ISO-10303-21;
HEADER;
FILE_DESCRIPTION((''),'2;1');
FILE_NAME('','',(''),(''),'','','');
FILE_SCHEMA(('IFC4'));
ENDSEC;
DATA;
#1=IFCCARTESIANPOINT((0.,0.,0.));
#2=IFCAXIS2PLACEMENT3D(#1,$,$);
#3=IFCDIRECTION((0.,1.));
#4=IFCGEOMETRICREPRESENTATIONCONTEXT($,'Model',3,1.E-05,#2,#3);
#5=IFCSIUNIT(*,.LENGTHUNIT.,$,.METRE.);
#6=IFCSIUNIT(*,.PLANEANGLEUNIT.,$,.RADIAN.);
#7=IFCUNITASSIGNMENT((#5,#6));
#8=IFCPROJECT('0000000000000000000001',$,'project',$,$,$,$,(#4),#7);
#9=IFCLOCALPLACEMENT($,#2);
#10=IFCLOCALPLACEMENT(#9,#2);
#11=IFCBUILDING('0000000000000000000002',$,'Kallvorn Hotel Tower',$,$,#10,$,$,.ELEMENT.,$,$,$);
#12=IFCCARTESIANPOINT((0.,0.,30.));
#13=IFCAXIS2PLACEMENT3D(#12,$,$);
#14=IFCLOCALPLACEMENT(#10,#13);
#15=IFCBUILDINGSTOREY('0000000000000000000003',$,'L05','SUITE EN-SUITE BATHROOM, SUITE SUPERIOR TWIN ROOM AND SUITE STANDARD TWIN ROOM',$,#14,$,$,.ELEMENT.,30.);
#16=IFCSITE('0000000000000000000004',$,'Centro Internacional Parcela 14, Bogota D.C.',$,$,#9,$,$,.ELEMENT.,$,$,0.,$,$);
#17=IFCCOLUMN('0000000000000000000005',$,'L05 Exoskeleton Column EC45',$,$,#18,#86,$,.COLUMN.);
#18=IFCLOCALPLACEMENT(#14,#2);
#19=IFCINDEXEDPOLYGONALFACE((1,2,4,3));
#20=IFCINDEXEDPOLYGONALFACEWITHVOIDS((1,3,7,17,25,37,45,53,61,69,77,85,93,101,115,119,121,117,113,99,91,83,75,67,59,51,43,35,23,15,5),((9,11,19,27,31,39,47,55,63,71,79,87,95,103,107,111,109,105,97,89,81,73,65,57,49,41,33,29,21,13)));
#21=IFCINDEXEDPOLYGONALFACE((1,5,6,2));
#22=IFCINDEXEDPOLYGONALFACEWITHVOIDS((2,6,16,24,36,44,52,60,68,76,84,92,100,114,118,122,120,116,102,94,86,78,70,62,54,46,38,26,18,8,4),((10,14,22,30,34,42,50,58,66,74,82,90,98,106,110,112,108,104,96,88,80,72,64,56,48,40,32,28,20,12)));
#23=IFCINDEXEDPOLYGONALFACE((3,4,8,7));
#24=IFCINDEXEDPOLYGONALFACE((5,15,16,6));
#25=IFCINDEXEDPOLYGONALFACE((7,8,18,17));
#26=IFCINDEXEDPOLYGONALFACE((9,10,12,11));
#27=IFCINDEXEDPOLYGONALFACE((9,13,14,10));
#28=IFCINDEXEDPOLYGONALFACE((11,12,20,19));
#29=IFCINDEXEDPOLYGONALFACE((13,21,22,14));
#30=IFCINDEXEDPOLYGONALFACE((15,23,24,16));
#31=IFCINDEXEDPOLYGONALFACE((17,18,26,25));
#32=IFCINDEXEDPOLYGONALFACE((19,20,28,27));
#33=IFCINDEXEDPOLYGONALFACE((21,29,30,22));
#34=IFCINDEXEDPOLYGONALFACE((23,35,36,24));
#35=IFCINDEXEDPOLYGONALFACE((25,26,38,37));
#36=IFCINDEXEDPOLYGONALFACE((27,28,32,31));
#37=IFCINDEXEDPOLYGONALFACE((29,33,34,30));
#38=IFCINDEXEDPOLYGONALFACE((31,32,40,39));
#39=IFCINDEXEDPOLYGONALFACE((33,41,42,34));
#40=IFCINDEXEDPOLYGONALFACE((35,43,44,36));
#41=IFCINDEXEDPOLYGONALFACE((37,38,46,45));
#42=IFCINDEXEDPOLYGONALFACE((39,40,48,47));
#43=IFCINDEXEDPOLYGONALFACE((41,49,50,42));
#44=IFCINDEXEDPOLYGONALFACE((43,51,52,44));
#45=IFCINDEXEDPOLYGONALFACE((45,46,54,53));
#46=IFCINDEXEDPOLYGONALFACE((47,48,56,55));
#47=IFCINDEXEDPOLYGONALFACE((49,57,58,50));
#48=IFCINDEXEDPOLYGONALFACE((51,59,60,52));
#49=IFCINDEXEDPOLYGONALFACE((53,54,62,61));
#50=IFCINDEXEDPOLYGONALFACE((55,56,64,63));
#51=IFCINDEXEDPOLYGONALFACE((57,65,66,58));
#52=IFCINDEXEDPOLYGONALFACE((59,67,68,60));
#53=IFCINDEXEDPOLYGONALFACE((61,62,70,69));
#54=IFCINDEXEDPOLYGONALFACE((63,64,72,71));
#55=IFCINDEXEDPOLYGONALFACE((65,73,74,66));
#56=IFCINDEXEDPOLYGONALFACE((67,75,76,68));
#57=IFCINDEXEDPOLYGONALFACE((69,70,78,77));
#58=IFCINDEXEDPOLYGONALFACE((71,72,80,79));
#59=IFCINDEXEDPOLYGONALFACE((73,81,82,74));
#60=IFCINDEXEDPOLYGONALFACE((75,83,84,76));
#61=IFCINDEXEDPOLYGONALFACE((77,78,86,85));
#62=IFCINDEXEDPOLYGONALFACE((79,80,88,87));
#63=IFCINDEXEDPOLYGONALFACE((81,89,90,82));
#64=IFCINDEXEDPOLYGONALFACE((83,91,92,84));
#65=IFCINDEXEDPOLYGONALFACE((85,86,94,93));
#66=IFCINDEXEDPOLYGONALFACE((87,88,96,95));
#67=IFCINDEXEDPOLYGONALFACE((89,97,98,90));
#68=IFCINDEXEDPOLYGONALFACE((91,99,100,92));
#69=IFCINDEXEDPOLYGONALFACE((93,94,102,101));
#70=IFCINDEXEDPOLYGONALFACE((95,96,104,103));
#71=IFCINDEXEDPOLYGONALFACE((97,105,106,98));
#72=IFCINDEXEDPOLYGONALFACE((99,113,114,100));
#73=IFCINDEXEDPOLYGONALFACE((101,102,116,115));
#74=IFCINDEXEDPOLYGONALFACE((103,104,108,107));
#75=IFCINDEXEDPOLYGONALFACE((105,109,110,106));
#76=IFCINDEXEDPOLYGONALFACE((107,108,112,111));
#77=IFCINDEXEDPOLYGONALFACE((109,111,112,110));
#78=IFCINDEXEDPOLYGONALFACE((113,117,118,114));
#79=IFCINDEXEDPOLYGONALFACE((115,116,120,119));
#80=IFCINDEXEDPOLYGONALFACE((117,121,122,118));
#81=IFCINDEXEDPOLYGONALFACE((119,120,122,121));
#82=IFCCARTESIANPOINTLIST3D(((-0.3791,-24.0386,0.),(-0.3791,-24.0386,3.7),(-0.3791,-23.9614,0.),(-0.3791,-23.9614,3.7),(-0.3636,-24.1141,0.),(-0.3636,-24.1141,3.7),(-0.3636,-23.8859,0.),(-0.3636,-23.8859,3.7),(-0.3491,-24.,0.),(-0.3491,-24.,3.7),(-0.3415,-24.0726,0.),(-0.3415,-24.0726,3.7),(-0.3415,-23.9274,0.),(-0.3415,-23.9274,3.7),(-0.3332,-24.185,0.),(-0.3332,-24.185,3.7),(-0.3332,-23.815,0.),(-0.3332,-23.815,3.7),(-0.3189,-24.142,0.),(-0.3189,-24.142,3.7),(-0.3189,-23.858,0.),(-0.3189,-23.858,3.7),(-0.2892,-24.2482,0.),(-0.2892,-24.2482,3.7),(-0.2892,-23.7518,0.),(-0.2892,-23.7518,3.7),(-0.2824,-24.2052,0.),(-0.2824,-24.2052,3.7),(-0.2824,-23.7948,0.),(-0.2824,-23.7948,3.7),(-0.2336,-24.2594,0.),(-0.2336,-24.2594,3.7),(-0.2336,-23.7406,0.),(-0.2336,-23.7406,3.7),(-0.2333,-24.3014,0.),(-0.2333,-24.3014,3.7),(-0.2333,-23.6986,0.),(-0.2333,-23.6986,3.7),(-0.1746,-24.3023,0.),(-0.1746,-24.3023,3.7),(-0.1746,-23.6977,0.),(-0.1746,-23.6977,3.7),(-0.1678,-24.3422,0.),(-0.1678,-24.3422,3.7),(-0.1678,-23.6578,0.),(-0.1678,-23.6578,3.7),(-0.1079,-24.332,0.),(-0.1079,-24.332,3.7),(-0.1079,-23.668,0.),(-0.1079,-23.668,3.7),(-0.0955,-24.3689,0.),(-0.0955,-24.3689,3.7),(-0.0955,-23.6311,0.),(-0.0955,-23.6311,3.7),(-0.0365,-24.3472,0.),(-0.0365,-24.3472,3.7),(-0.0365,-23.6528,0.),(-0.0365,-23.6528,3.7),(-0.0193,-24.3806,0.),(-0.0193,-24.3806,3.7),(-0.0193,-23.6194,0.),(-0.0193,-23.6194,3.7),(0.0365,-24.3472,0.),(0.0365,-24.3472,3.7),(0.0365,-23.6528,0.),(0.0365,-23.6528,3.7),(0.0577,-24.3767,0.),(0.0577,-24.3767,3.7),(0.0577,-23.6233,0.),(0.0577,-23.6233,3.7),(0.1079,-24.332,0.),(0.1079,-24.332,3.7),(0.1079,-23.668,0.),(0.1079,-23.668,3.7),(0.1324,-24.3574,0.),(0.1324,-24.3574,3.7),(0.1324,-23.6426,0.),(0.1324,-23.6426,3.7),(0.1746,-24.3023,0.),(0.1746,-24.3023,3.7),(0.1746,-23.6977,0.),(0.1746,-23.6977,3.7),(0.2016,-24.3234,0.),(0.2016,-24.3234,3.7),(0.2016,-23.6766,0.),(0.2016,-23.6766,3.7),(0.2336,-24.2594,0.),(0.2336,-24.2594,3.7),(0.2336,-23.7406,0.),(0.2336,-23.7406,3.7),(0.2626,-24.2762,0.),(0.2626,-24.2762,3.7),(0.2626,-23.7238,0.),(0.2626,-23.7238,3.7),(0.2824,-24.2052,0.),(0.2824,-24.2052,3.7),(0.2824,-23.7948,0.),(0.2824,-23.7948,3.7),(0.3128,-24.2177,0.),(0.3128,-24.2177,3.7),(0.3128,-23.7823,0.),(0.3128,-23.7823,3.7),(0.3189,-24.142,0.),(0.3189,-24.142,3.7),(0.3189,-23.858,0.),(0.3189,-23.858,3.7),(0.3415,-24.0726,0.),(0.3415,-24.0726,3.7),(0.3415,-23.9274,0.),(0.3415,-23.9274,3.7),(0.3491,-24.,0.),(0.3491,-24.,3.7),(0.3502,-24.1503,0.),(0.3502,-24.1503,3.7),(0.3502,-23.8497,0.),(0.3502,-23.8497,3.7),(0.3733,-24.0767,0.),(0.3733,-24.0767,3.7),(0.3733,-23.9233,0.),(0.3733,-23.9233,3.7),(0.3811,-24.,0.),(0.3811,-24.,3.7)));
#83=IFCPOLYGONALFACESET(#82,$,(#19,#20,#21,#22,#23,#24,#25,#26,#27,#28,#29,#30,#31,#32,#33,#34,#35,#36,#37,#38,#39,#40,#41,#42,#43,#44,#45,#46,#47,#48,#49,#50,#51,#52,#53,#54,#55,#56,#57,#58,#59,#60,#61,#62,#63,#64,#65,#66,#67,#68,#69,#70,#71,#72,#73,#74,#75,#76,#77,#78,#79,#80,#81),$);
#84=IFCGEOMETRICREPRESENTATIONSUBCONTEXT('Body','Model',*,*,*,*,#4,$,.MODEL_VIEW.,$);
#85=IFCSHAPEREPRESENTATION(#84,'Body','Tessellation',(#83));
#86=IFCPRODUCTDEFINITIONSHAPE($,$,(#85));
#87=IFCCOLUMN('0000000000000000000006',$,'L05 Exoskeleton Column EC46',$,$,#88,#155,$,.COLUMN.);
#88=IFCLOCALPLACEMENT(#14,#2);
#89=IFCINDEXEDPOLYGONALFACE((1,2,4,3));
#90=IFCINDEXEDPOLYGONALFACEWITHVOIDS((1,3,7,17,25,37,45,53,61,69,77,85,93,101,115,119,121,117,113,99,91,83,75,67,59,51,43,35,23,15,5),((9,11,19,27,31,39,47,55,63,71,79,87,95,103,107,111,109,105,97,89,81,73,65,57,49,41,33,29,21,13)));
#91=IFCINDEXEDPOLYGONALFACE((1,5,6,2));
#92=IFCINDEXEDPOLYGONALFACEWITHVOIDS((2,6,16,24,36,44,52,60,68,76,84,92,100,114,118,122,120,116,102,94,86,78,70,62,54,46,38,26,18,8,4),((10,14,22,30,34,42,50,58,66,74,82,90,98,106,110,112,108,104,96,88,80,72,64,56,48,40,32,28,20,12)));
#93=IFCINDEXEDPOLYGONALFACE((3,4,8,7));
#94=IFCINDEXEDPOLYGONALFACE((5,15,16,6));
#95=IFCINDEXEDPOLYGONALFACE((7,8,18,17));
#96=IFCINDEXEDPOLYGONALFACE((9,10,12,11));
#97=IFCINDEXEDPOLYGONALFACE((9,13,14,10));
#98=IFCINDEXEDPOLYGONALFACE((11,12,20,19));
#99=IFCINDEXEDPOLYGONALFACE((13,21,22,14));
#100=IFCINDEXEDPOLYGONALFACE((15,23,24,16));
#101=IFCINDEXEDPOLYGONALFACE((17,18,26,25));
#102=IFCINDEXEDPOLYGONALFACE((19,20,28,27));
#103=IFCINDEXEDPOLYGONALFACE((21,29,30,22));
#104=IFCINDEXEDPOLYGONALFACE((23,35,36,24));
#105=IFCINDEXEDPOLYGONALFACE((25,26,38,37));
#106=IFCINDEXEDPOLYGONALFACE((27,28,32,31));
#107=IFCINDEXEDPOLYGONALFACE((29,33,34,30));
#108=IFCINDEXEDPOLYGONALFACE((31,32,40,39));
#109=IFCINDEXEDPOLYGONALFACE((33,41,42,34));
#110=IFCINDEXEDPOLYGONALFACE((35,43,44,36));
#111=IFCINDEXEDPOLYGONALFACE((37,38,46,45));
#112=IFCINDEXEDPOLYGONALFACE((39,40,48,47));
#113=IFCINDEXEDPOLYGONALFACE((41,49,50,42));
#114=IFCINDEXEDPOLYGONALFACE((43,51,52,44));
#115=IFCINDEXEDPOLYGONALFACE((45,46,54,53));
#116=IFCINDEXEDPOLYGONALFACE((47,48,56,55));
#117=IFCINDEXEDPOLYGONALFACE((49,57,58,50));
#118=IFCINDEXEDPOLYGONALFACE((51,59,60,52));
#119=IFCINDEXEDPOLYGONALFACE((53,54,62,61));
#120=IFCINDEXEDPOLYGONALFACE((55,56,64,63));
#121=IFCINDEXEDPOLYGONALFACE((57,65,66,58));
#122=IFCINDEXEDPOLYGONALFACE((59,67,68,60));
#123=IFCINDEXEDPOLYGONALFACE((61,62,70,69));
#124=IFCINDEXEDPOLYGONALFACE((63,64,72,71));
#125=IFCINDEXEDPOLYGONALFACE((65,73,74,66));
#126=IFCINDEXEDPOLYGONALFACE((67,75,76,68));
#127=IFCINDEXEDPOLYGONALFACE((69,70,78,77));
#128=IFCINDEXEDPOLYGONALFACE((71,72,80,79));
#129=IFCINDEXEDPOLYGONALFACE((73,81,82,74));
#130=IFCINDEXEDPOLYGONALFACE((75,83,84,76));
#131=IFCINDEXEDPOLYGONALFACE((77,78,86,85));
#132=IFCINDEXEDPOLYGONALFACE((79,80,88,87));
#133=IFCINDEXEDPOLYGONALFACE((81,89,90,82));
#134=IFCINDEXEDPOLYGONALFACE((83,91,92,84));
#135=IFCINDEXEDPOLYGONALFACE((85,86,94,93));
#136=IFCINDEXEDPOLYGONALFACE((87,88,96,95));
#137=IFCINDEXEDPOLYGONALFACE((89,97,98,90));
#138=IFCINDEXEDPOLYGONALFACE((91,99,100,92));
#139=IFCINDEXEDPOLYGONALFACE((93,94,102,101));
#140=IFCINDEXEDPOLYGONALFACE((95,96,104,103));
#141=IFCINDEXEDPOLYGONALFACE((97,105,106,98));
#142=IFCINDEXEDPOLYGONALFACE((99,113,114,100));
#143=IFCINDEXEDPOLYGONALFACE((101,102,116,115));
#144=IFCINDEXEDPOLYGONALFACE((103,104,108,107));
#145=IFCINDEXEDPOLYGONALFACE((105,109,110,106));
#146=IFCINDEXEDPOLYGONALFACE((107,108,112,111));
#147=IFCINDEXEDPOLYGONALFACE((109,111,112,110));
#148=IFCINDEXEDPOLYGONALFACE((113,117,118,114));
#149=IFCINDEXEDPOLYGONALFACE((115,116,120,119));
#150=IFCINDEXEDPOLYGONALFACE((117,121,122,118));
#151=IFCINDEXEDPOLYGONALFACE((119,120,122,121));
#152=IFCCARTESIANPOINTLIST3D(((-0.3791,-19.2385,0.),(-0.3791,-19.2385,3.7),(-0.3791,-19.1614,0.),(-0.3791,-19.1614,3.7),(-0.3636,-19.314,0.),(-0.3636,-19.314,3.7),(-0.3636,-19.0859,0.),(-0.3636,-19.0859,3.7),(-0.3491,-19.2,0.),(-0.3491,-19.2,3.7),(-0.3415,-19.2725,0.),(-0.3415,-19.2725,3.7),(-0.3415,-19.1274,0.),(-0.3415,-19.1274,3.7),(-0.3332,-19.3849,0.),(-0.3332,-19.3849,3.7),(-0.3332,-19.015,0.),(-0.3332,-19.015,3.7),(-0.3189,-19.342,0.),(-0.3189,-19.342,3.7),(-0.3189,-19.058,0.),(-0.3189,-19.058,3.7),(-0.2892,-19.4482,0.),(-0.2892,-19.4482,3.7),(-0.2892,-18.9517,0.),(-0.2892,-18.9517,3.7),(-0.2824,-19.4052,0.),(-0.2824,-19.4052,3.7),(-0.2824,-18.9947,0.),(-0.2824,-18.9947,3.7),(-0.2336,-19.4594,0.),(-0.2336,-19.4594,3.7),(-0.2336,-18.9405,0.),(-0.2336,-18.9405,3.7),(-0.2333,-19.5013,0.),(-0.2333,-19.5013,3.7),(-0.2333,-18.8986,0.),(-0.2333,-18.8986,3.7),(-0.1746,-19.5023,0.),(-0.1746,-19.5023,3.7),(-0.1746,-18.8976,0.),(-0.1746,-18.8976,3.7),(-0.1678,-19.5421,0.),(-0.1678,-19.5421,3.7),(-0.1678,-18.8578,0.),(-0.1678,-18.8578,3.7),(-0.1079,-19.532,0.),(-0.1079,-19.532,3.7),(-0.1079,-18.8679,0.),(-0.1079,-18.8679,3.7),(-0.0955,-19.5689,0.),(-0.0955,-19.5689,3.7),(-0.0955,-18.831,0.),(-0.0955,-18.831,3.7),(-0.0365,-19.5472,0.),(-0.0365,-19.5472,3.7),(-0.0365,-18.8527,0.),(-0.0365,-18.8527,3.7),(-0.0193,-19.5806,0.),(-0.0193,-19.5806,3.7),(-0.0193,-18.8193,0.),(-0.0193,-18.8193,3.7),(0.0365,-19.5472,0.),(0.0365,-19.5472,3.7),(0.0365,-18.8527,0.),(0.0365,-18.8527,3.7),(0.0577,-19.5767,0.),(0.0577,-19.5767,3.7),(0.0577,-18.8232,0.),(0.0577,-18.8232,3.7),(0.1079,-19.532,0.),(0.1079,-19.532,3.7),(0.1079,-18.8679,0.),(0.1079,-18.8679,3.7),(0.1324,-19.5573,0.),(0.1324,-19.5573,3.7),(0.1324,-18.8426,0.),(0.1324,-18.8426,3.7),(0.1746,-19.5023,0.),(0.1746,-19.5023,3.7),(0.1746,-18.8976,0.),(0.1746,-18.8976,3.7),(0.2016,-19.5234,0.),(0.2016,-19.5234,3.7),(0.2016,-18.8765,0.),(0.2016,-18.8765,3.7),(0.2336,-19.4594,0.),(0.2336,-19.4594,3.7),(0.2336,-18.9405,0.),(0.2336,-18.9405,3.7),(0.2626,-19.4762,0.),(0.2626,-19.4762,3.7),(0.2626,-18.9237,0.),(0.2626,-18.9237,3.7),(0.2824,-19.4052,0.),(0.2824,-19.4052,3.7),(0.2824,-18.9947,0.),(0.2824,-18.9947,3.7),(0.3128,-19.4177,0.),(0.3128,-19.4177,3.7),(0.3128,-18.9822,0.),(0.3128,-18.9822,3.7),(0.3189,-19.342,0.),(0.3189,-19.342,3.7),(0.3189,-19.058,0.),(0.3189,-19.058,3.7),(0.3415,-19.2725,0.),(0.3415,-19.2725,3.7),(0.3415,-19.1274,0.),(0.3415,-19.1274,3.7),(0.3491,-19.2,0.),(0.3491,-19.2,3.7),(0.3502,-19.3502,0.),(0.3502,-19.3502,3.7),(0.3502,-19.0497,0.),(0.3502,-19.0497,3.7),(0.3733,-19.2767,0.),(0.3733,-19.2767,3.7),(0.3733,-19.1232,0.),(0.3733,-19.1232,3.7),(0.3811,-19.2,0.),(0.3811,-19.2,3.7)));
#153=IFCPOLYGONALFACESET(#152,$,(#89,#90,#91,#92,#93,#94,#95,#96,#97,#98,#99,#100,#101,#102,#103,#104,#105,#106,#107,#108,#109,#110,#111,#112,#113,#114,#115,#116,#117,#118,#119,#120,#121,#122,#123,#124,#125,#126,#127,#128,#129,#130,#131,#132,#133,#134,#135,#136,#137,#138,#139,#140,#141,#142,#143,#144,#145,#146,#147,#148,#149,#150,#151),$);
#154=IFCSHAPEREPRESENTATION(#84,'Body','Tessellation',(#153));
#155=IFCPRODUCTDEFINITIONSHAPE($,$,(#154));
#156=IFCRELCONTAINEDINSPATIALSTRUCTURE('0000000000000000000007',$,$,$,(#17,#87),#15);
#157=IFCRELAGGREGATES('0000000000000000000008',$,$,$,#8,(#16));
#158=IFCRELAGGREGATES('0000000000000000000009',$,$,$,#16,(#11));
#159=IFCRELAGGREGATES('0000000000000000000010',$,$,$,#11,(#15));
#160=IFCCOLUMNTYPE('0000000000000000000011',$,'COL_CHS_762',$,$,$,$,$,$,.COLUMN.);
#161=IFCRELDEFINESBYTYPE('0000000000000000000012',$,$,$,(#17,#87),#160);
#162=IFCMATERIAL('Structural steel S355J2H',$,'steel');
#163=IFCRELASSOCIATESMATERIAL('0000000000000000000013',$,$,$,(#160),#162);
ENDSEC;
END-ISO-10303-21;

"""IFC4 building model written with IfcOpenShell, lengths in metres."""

from ifc_helpers import new_model, si_unit, direction, frame, origin, origin_2d, place, context, subcontext, project, spatial, hollow_circle, extrude, material, material_profile, profile_set, type_object, element, save


model = new_model("IFC4")

# Units and contexts
model_context = context("Model", 3, precision=1e-05, world=origin(), true_north=direction((0.0, 1.0)))
body_context = subcontext(model_context, "Body", "Model", "MODEL_VIEW")
ifc_project = project(units=[si_unit("LENGTHUNIT", "METRE"), si_unit("PLANEANGLEUNIT", "RADIAN")], contexts=[model_context])

# Site, building, storey
site_placement = place(None, origin())
site = spatial("IfcSite", under=ifc_project, at=site_placement, Name="Centro Internacional Parcela 14, Bogota D.C.", CompositionType="ELEMENT", RefElevation=0.0)
building_placement = place(site_placement, origin())
building = spatial("IfcBuilding", under=site, at=building_placement, Name="Kallvorn Hotel Tower", CompositionType="ELEMENT")
storey_placement = place(building_placement, frame((0.0, 0.0, 30.0)))
storey = spatial("IfcBuildingStorey", under=building, at=storey_placement, Name="L05", Description="SUITE EN-SUITE BATHROOM, SUITE SUPERIOR TWIN ROOM AND SUITE STANDARD TWIN ROOM", CompositionType="ELEMENT", Elevation=30.0)

# Columns
ifc_material_1 = material(Name="Structural steel S355J2H", Category="steel")
ifc_material_profile_1 = material_profile(ifc_material_1, hollow_circle(Radius=0.3811, WallThickness=0.032, at=origin_2d()), Name="CHS 762x32")
ifc_profile_set_1 = profile_set([ifc_material_profile_1], Name="Structural steel S355J2H")
column_type_1 = type_object("IfcColumnType", Name="COL_CHS_762", PredefinedType="COLUMN", material=ifc_profile_set_1)
for number, where, z_axis, x_axis, name in (
    (1, (0.0, -24.0, 0.0), (0.0, 0.0, 1.0), (1.0, 0.0, 0.0), "L05 Exoskeleton Column EC45"),
    (2, (0.0, -19.2, 0.0), (0.0, 0.0, 1.0), (1.0, 0.0, 0.0), "L05 Exoskeleton Column EC46"),
):
    element("IfcColumn", number, at=place(storey_placement, frame(where, z_axis=z_axis, x_axis=x_axis)), inside=storey, type_object=column_type_1, Name=name, PredefinedType="COLUMN", context=body_context, shape_type="SweptSolid", body=[
        extrude(hollow_circle(Radius=0.3811, WallThickness=0.032, at=origin_2d()), origin(), (0.0, 0.0, 1.0), 3.7),
    ])

save(model, "model.ifc")
